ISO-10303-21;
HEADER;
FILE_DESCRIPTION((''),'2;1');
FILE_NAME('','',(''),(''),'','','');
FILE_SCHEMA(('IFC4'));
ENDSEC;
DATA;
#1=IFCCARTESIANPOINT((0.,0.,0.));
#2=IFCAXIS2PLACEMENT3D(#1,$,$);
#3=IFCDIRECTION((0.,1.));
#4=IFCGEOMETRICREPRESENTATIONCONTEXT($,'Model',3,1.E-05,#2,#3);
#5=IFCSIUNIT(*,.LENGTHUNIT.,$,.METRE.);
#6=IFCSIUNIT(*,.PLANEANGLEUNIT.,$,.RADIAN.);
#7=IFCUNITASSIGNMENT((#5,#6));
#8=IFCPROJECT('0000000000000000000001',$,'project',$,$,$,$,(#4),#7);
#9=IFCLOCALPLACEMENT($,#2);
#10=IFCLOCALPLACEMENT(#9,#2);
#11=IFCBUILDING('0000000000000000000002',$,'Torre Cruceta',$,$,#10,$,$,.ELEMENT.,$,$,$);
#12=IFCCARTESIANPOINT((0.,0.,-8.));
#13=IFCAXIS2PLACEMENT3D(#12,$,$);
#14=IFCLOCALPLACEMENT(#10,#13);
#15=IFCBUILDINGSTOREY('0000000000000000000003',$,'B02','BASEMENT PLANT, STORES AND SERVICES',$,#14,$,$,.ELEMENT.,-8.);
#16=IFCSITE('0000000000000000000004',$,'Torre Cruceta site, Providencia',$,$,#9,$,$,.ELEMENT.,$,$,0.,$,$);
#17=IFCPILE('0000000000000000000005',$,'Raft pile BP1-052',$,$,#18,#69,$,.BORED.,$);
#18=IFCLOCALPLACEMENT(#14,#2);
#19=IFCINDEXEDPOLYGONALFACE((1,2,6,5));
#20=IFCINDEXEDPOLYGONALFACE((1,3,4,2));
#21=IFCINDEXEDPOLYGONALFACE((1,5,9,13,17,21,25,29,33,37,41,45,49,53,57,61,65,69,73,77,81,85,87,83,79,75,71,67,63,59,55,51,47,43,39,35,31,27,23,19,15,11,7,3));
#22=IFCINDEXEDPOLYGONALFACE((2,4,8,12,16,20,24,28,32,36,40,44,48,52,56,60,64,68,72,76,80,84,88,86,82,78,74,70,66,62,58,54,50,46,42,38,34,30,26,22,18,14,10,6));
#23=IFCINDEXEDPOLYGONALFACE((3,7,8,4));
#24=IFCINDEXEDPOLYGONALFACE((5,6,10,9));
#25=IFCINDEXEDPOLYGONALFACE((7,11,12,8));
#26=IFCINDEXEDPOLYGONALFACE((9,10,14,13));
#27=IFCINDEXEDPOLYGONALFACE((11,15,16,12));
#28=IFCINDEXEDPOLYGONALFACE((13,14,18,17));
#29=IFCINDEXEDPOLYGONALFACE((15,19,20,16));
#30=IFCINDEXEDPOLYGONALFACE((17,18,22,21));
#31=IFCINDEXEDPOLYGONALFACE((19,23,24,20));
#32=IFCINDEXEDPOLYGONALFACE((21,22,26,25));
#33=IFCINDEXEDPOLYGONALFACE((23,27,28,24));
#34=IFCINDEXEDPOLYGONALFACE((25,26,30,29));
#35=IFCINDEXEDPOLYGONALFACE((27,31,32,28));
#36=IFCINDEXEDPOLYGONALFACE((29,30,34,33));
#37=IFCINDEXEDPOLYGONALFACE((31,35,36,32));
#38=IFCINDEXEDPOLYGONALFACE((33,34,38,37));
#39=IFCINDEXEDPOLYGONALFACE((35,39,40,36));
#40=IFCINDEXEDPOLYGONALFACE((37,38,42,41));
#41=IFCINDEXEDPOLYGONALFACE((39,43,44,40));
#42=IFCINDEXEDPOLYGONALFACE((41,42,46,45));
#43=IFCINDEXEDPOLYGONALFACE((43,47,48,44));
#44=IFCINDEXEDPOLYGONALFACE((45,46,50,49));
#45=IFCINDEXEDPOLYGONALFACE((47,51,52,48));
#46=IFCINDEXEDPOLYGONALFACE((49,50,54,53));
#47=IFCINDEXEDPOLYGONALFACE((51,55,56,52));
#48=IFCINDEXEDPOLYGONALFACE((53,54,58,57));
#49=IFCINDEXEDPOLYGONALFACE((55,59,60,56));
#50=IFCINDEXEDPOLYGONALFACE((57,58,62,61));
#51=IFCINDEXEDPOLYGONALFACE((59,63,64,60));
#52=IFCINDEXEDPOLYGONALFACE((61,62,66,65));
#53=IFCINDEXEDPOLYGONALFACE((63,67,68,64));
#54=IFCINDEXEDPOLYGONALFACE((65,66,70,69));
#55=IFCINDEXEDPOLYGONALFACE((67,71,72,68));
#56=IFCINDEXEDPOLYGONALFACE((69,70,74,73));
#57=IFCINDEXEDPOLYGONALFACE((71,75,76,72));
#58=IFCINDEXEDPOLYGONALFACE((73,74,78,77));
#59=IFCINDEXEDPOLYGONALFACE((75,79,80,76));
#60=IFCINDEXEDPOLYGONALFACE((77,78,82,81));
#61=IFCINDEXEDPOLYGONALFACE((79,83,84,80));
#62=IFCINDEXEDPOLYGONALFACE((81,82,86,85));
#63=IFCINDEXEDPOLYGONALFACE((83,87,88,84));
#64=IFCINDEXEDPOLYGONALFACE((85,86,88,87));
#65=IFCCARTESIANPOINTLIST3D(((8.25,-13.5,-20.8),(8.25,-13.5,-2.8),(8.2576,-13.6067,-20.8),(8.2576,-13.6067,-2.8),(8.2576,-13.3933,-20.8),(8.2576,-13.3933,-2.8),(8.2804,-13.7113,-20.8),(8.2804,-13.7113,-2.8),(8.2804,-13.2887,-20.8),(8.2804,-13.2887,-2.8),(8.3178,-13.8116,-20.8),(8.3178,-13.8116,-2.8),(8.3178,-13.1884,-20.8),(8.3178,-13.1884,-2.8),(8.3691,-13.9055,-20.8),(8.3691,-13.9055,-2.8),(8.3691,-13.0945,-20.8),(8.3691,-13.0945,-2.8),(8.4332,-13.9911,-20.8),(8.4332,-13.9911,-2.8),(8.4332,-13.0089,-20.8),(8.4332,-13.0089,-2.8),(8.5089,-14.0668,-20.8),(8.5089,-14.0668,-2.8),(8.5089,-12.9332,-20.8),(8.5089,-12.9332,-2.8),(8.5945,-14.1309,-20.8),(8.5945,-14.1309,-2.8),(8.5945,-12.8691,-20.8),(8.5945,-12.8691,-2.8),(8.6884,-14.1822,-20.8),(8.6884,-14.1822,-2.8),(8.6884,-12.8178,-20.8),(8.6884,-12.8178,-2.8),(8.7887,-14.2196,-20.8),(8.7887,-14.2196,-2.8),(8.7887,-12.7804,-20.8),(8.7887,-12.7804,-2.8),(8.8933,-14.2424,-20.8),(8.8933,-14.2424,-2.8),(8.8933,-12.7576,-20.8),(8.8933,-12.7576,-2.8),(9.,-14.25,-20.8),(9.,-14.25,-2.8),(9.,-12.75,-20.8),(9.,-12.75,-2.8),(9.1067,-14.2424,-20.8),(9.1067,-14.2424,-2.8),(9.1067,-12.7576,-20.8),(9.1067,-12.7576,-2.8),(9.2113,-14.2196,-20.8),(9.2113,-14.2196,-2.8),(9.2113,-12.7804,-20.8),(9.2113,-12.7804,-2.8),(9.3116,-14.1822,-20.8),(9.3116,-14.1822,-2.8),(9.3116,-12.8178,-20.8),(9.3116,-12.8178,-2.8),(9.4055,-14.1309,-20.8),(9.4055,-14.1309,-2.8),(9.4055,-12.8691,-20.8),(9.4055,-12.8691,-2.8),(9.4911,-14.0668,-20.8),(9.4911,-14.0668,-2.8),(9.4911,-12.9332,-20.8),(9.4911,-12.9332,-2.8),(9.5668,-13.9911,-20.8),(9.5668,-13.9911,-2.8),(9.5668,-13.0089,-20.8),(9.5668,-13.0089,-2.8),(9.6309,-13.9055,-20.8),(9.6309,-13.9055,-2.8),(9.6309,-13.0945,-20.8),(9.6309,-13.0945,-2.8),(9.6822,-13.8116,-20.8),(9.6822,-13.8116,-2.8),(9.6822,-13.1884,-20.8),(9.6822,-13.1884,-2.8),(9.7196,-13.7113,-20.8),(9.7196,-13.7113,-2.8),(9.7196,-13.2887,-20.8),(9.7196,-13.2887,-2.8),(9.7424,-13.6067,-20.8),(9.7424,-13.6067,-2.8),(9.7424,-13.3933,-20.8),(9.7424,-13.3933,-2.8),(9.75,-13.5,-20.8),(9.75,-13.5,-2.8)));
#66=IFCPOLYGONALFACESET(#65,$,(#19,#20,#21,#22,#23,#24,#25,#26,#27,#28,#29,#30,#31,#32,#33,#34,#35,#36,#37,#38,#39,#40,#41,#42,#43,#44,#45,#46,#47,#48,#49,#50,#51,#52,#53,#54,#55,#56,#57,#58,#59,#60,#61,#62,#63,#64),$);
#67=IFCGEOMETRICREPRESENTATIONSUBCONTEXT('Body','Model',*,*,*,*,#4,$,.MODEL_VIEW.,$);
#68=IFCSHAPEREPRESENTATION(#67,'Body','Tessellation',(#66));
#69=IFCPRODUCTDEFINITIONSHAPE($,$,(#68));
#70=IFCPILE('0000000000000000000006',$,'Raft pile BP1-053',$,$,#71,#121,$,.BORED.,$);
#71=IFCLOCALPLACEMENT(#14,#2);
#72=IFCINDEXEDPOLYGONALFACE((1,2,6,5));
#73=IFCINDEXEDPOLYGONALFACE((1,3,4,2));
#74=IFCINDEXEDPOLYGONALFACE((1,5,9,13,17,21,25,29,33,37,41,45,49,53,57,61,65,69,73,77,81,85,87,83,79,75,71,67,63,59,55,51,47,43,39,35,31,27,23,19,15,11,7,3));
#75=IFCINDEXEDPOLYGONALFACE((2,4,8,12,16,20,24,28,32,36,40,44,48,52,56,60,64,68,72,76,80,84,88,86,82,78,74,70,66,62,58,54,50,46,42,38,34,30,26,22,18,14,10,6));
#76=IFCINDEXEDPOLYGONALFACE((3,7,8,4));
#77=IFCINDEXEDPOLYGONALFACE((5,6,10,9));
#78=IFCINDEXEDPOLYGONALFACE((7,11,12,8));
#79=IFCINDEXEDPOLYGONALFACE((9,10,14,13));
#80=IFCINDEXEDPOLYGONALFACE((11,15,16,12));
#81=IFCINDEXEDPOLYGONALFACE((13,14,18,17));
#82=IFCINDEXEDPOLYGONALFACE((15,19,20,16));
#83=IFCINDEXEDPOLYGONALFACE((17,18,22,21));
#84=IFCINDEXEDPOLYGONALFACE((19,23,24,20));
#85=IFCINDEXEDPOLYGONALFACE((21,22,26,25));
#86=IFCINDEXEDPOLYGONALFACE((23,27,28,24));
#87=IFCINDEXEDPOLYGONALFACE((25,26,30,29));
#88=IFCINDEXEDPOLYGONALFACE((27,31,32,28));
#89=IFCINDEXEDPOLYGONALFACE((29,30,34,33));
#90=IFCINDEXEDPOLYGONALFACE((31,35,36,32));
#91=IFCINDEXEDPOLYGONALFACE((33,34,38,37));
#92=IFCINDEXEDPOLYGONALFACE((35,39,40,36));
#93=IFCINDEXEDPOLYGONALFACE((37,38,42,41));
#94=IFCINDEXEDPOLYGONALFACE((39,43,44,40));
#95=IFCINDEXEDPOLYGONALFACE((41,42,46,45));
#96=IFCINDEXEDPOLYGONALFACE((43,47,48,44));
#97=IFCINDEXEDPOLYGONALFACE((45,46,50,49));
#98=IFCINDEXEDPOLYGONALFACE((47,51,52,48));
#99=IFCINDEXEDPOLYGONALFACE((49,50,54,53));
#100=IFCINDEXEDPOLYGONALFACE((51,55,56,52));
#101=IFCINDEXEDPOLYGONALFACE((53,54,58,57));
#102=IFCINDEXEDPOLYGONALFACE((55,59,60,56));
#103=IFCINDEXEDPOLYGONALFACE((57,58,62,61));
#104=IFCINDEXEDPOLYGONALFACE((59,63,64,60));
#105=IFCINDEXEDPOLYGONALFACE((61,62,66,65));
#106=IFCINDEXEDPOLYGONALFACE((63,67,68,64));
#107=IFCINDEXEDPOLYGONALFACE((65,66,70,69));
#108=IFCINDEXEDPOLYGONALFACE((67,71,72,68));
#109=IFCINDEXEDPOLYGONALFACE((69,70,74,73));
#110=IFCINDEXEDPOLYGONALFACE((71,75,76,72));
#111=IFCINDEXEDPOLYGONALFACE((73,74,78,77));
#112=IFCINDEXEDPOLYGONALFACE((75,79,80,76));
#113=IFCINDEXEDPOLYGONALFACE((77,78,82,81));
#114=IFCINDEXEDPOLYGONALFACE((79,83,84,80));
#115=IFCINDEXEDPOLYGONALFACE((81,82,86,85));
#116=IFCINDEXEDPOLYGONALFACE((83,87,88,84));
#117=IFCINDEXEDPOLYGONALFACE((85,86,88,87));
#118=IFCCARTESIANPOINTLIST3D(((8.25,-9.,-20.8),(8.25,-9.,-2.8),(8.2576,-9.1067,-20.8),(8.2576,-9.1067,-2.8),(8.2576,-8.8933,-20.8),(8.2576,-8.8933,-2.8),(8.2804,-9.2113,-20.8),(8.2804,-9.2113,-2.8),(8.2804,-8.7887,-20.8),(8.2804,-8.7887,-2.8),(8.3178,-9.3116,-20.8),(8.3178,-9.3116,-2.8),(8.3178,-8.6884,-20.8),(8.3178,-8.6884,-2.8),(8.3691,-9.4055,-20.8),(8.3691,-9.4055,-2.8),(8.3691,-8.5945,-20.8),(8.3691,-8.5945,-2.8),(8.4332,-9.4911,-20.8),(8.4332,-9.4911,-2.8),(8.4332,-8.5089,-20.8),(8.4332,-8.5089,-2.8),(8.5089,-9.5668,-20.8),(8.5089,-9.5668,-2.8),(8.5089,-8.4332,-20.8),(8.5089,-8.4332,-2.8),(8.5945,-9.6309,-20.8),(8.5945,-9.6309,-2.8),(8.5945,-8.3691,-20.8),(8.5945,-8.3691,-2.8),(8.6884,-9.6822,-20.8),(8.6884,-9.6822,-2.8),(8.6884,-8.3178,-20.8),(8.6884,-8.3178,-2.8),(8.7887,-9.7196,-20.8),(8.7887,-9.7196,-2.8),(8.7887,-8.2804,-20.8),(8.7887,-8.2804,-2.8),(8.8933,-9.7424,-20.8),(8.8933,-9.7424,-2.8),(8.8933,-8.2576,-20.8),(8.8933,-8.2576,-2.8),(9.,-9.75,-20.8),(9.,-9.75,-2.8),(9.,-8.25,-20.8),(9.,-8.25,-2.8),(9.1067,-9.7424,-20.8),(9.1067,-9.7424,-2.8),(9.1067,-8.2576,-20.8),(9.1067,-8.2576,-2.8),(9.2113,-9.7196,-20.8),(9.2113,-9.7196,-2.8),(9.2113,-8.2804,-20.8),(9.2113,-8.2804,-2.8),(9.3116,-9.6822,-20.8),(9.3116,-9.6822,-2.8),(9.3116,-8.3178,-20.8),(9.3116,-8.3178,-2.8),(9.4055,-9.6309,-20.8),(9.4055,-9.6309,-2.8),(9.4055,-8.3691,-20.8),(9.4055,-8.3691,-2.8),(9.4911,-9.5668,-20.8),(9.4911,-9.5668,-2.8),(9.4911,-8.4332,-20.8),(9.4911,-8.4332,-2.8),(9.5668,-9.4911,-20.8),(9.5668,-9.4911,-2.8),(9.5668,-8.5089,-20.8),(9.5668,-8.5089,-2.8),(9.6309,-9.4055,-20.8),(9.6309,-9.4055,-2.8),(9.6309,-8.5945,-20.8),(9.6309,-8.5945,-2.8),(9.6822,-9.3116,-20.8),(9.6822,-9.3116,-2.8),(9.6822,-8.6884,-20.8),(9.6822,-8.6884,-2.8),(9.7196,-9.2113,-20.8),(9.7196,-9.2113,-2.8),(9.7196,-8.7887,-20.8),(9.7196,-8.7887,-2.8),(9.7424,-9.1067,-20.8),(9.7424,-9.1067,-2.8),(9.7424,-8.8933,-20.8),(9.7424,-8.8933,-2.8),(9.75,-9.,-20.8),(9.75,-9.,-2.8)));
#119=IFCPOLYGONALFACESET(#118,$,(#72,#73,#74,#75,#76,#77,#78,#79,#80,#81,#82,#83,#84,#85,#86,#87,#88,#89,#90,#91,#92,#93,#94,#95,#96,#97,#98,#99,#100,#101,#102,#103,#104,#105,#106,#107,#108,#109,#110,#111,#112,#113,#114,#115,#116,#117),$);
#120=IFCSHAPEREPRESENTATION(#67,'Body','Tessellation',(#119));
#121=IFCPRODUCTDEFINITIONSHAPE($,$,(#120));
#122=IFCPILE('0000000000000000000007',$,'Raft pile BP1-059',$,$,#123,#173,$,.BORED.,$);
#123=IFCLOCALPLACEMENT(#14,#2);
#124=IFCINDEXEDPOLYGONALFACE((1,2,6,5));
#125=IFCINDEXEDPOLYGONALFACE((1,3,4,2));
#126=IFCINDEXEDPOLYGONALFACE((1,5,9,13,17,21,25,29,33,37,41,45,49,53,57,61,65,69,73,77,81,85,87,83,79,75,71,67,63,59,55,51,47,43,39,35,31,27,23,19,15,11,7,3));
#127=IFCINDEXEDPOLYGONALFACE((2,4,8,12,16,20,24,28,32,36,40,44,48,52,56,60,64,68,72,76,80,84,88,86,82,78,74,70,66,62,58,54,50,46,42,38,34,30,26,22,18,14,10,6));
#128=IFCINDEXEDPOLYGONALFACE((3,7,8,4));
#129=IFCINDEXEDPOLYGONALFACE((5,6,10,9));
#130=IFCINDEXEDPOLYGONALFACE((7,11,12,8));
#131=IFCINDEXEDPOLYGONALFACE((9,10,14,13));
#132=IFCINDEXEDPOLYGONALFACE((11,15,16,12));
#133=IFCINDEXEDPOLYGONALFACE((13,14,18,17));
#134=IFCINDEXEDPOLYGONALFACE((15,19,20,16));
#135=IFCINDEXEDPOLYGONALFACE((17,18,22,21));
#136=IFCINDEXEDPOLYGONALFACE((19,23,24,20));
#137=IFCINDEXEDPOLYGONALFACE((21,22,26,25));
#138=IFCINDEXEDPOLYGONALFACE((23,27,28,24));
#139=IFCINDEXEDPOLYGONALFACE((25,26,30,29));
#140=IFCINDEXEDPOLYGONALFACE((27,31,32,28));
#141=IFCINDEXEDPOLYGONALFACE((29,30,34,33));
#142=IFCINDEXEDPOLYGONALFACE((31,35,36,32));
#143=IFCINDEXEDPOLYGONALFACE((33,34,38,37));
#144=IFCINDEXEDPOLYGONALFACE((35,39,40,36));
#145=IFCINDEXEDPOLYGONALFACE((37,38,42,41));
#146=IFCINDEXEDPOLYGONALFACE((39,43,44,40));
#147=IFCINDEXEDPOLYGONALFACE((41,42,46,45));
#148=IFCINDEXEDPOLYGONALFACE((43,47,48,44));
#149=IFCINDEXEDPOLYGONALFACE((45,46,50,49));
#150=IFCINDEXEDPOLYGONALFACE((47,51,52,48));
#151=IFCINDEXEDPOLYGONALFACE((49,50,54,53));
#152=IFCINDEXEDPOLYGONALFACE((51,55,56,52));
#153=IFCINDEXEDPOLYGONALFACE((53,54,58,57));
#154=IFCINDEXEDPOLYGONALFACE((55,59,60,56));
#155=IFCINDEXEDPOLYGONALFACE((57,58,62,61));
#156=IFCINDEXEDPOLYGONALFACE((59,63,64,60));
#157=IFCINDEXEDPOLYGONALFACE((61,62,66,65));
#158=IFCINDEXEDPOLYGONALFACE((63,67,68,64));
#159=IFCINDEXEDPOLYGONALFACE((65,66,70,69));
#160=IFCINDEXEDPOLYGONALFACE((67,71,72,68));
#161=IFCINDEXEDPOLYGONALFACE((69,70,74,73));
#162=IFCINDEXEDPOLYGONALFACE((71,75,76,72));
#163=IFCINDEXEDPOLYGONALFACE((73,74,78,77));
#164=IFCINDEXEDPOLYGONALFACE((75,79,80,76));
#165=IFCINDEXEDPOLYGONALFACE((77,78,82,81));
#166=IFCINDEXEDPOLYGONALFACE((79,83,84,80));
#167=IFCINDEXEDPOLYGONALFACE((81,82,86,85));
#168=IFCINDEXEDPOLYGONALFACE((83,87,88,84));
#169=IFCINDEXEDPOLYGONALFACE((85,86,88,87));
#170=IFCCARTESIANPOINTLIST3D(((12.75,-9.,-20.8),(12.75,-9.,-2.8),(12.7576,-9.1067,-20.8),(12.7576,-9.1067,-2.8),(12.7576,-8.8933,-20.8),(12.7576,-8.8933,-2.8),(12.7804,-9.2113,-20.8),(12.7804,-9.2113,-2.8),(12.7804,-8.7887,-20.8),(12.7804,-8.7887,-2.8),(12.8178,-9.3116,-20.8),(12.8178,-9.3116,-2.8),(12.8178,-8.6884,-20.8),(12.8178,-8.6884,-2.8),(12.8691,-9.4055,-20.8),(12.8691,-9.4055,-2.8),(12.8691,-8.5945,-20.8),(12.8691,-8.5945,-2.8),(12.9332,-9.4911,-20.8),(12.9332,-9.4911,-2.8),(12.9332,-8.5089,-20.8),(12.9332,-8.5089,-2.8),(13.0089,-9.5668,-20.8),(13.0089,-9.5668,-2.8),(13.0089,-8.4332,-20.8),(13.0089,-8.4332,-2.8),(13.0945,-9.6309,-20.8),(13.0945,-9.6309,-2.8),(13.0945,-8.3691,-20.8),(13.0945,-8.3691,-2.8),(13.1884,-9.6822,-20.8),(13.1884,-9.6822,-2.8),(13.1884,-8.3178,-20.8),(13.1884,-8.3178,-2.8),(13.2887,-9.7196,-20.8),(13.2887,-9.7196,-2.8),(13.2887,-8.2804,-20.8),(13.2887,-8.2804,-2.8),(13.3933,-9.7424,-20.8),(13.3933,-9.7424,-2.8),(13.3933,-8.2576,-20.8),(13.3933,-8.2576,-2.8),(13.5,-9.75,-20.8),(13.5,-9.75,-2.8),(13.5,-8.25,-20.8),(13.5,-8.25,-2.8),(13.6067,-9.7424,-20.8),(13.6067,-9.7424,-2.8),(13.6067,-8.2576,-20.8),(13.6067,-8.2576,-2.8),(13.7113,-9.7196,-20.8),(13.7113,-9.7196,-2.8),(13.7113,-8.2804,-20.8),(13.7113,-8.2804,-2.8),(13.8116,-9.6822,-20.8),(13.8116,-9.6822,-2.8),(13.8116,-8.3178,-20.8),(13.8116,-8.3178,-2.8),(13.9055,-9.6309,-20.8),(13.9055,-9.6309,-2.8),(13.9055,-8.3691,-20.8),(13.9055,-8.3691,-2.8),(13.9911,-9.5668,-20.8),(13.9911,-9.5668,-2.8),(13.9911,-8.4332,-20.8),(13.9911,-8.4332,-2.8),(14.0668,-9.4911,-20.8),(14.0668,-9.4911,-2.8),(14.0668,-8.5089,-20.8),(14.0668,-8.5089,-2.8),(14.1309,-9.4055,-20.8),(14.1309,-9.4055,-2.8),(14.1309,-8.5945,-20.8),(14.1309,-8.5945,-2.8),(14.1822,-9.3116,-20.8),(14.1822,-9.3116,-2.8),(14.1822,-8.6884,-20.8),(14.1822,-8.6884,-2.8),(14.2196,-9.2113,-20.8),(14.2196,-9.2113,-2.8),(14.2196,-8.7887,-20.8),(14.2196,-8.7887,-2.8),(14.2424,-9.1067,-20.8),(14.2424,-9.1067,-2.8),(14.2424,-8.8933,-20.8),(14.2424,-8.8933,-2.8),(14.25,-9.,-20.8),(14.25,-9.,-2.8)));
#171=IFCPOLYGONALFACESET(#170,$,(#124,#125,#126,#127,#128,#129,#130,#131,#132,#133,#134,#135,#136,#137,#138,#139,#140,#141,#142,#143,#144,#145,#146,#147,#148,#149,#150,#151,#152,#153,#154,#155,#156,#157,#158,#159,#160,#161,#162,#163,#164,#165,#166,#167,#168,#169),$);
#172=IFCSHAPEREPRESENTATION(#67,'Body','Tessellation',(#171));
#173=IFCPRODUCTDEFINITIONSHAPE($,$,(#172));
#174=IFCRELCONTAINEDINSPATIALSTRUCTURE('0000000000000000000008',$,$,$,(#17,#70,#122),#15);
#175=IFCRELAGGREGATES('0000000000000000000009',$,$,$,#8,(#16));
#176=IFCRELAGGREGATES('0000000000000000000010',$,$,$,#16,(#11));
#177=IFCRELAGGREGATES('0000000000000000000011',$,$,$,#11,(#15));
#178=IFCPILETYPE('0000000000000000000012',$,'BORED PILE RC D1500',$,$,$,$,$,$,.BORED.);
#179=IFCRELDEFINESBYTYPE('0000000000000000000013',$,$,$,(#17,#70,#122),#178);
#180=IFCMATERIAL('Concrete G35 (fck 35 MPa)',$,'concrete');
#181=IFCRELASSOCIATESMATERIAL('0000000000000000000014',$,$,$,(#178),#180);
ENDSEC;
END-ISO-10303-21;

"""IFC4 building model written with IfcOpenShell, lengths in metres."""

from ifc_helpers import new_model, si_unit, direction, frame, origin, origin_2d, place, context, subcontext, project, spatial, circle, extrude, material, material_profile, profile_set, type_object, element, save


model = new_model("IFC4")

# Units and contexts
model_context = context("Model", 3, precision=1e-05, world=origin(), true_north=direction((0.0, 1.0)))
body_context = subcontext(model_context, "Body", "Model", "MODEL_VIEW")
ifc_project = project(units=[si_unit("LENGTHUNIT", "METRE"), si_unit("PLANEANGLEUNIT", "RADIAN")], contexts=[model_context])

# Site, building, storey
site_placement = place(None, origin())
site = spatial("IfcSite", under=ifc_project, at=site_placement, Name="Torre Cruceta site, Providencia", CompositionType="ELEMENT", RefElevation=0.0)
building_placement = place(site_placement, origin())
building = spatial("IfcBuilding", under=site, at=building_placement, Name="Torre Cruceta", CompositionType="ELEMENT")
storey_placement = place(building_placement, frame((0.0, 0.0, -8.0)))
storey = spatial("IfcBuildingStorey", under=building, at=storey_placement, Name="B02", Description="BASEMENT PLANT, STORES AND SERVICES", CompositionType="ELEMENT", Elevation=-8.0)

# Piles
ifc_material_1 = material(Name="Concrete G35 (fck 35 MPa)", Category="concrete")
ifc_material_profile_1 = material_profile(ifc_material_1, circle(Radius=0.75, at=origin_2d()), Name="RC D1500")
ifc_profile_set_1 = profile_set([ifc_material_profile_1], Name="Concrete G35 (fck 35 MPa)")
pile_type_1 = type_object("IfcPileType", Name="BORED PILE RC D1500", PredefinedType="BORED", material=ifc_profile_set_1)
for number, where, z_axis, x_axis, name in (
    (1, (9.0, -13.5, -2.8), (0.0, 0.0, -1.0), (1.0, 0.0, 0.0), "Raft pile BP1-052"),
    (2, (9.0, -9.0, -2.8), (0.0, 0.0, -1.0), (1.0, 0.0, 0.0), "Raft pile BP1-053"),
    (3, (13.5, -9.0, -2.8), (0.0, 0.0, -1.0), (1.0, 0.0, 0.0), "Raft pile BP1-059"),
):
    element("IfcPile", number, at=place(storey_placement, frame(where, z_axis=z_axis, x_axis=x_axis)), inside=storey, type_object=pile_type_1, Name=name, PredefinedType="BORED", context=body_context, shape_type="SweptSolid", body=[
        extrude(circle(Radius=0.75, at=origin_2d()), origin(), (0.0, 0.0, 1.0), 18.0),
    ])

save(model, "model.ifc")
